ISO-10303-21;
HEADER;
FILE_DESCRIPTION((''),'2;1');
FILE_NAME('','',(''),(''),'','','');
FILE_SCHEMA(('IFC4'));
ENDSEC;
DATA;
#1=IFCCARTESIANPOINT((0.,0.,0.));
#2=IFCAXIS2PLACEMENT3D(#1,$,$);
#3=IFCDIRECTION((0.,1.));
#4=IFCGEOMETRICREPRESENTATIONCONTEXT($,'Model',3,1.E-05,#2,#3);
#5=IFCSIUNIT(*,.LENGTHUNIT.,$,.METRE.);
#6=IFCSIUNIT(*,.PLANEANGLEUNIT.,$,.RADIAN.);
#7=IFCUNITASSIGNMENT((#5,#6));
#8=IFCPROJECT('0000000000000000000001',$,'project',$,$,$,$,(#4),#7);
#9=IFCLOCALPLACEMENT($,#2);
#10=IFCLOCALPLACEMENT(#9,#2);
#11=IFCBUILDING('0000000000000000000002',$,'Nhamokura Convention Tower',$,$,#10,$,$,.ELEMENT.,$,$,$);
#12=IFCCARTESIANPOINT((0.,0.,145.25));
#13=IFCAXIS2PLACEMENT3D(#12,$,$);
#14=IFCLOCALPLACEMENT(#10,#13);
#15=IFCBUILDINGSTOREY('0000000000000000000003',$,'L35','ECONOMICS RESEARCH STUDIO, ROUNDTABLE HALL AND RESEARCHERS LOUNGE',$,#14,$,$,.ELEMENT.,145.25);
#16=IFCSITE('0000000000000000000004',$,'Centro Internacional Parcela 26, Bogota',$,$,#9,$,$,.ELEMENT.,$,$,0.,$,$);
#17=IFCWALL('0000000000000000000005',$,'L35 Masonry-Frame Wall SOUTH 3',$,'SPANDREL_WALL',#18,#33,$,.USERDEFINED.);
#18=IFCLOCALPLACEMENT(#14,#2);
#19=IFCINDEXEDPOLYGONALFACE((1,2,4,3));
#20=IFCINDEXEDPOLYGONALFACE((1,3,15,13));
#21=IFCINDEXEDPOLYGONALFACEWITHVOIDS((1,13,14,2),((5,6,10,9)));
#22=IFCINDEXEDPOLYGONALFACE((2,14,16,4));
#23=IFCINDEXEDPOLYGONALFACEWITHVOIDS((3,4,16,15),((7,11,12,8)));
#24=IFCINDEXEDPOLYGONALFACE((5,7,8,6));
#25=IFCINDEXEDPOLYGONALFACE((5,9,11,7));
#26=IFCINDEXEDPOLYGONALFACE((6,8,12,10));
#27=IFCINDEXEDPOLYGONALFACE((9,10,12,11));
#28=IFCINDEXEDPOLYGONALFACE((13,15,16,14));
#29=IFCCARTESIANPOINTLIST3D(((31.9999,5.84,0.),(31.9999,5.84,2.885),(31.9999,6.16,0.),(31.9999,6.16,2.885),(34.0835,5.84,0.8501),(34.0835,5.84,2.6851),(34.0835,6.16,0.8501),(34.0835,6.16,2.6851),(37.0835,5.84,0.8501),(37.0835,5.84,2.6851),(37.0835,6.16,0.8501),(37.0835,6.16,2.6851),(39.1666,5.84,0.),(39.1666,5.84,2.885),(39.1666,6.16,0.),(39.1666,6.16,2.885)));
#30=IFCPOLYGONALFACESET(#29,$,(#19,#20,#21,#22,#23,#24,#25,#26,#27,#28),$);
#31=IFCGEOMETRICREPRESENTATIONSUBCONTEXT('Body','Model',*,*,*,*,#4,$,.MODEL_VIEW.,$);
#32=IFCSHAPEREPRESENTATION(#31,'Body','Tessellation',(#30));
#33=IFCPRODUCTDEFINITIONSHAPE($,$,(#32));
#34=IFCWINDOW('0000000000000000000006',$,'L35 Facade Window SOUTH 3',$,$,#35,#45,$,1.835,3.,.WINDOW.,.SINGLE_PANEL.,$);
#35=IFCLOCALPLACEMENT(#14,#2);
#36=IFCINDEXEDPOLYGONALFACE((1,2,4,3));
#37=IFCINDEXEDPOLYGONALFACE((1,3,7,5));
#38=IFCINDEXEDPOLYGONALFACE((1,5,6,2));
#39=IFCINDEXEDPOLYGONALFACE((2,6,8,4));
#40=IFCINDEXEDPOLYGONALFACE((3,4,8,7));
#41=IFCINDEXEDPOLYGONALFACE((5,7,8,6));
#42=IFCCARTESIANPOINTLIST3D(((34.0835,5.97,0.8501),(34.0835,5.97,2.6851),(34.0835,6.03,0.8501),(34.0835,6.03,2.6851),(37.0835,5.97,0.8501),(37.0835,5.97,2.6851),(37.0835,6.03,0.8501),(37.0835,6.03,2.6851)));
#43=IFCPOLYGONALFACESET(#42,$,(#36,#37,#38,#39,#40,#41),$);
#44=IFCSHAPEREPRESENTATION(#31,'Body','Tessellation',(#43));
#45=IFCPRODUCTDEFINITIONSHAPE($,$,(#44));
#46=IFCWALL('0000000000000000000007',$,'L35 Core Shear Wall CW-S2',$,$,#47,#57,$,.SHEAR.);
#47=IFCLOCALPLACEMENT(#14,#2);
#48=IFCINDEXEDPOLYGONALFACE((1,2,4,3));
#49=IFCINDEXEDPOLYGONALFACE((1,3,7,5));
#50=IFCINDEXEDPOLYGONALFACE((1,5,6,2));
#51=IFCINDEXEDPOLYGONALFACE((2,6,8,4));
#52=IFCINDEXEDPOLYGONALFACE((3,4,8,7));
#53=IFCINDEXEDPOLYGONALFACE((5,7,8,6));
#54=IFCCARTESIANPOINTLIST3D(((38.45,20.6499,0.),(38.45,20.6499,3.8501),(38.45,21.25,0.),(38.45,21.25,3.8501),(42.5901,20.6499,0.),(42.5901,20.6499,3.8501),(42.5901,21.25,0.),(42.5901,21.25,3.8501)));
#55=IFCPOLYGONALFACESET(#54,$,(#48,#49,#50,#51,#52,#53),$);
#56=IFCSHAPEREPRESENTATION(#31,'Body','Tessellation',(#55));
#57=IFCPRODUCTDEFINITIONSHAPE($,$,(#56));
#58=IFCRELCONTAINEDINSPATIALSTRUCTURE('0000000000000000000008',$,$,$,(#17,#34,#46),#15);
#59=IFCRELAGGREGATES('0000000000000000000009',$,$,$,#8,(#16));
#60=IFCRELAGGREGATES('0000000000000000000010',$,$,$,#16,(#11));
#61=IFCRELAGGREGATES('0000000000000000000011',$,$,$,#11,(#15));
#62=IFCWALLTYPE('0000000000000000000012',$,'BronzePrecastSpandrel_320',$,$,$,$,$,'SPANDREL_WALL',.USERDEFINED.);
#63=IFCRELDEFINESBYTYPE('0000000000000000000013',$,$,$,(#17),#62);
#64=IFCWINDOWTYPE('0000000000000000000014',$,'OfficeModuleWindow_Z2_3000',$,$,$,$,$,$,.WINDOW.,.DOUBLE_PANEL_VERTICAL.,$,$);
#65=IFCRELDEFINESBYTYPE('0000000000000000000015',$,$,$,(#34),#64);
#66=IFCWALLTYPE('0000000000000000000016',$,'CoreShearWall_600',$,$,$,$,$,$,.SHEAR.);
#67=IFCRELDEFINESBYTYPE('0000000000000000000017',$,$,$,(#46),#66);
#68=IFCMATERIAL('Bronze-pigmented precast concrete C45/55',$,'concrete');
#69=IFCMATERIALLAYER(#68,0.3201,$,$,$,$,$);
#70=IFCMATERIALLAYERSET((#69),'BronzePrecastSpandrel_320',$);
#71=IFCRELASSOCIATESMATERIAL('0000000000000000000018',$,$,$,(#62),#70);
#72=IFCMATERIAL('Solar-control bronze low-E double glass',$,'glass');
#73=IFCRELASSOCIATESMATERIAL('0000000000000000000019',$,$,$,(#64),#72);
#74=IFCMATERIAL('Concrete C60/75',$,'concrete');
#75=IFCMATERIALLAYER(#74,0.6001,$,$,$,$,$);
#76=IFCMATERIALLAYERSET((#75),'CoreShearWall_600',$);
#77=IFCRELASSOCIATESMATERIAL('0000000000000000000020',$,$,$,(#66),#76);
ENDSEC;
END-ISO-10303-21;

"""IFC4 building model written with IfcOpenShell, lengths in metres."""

from ifc_helpers import new_model, si_unit, direction, frame, frame_2d, origin, place, context, subcontext, project, spatial, rectangle, extrude, material, layer, layer_set, type_object, element, fill, save


model = new_model("IFC4")

# Units and contexts
model_context = context("Model", 3, precision=1e-05, world=origin(), true_north=direction((0.0, 1.0)))
body_context = subcontext(model_context, "Body", "Model", "MODEL_VIEW")
ifc_project = project(units=[si_unit("LENGTHUNIT", "METRE"), si_unit("PLANEANGLEUNIT", "RADIAN")], contexts=[model_context])

# Site, building, storey
site_placement = place(None, origin())
site = spatial("IfcSite", under=ifc_project, at=site_placement, Name="Centro Internacional Parcela 26, Bogota", CompositionType="ELEMENT", RefElevation=0.0)
building_placement = place(site_placement, origin())
building = spatial("IfcBuilding", under=site, at=building_placement, Name="Nhamokura Convention Tower", CompositionType="ELEMENT")
storey_placement = place(building_placement, frame((0.0, 0.0, 145.25)))
storey = spatial("IfcBuildingStorey", under=building, at=storey_placement, Name="L35", Description="ECONOMICS RESEARCH STUDIO, ROUNDTABLE HALL AND RESEARCHERS LOUNGE", CompositionType="ELEMENT", Elevation=145.25)

# Wall, opening, window
ifc_material_1 = material(Name="Bronze-pigmented precast concrete C45/55", Category="concrete")
ifc_layer_1 = layer(ifc_material_1, 0.3201)
ifc_layer_set_1 = layer_set([ifc_layer_1], Name="BronzePrecastSpandrel_320")
wall_type_1 = type_object("IfcWallType", Name="BronzePrecastSpandrel_320", ElementType="SPANDREL_WALL", PredefinedType="USERDEFINED", material=ifc_layer_set_1)
ifc_material_2 = material(Name="Solar-control bronze low-E double glass", Category="glass")
window_type = type_object("IfcWindowType", Name="OfficeModuleWindow_Z2_3000", PartitioningType="DOUBLE_PANEL_VERTICAL", PredefinedType="WINDOW", material=ifc_material_2)
wall_1_placement = place(storey_placement, frame((39.1667, 6.0, 0.0), z_axis=(0.0, 0.0, 1.0), x_axis=(-1.0, 0.0, 0.0)))
wall_1 = element("IfcWall", 1, at=wall_1_placement, inside=storey, type_object=wall_type_1, Name="L35 Masonry-Frame Wall SOUTH 3", ObjectType="SPANDREL_WALL", PredefinedType="USERDEFINED", context=body_context, shape_type="SweptSolid", body=[
    extrude(rectangle(XDim=7.1667, YDim=0.3201, at=frame_2d((3.5835, 0.0))), origin(), (0.0, 0.0, 1.0), 2.885),
])
opening_1_placement = place(wall_1_placement, frame((2.0833, 0.0, 0.8501)))
opening_1 = element("IfcOpeningElement", 2, at=opening_1_placement, cuts=wall_1, PredefinedType="OPENING", context=body_context, shape_type="SweptSolid", body=[
    extrude(rectangle(XDim=3.0, YDim=1.835, at=frame_2d((1.5, 0.9175))), frame((0.0, 0.1699, 0.0), z_axis=(0.0, -1.0, 0.0), x_axis=(1.0, 0.0, 0.0)), (0.0, 0.0, 1.0), 0.3401),
])
window_1_placement = place(opening_1_placement, origin())
window_1 = element("IfcWindow", 3, at=window_1_placement, inside=storey, type_object=window_type, Name="L35 Facade Window SOUTH 3", OverallHeight=1.835, OverallWidth=3.0, PartitioningType="SINGLE_PANEL", PredefinedType="WINDOW", context=body_context, shape_type="SweptSolid", body=[
    extrude(rectangle(XDim=3.0, YDim=1.835, at=frame_2d((1.5, 0.9175))), frame((0.0, 0.03, 0.0), z_axis=(0.0, -1.0, 0.0), x_axis=(1.0, 0.0, 0.0)), (0.0, 0.0, 1.0), 0.0601),
])
fill(opening_1, window_1)

# Shared definitions
ifc_material_3 = material(Name="Concrete C60/75", Category="concrete")
ifc_layer_2 = layer(ifc_material_3, 0.6001)
ifc_layer_set_2 = layer_set([ifc_layer_2], Name="CoreShearWall_600")
wall_type_2 = type_object("IfcWallType", Name="CoreShearWall_600", PredefinedType="SHEAR", material=ifc_layer_set_2)

# Wall
wall_2_placement = place(storey_placement, frame((38.45, 20.95, 0.0), z_axis=(0.0, 0.0, 1.0), x_axis=(1.0, 0.0, 0.0)))
element("IfcWall", 4, at=wall_2_placement, inside=storey, type_object=wall_type_2, Name="L35 Core Shear Wall CW-S2", PredefinedType="SHEAR", context=body_context, shape_type="SweptSolid", body=[
    extrude(rectangle(XDim=4.1401, YDim=0.6001, at=frame_2d((2.0701, 0.0))), origin(), (0.0, 0.0, 1.0), 3.8501),
])

save(model, "model.ifc")
